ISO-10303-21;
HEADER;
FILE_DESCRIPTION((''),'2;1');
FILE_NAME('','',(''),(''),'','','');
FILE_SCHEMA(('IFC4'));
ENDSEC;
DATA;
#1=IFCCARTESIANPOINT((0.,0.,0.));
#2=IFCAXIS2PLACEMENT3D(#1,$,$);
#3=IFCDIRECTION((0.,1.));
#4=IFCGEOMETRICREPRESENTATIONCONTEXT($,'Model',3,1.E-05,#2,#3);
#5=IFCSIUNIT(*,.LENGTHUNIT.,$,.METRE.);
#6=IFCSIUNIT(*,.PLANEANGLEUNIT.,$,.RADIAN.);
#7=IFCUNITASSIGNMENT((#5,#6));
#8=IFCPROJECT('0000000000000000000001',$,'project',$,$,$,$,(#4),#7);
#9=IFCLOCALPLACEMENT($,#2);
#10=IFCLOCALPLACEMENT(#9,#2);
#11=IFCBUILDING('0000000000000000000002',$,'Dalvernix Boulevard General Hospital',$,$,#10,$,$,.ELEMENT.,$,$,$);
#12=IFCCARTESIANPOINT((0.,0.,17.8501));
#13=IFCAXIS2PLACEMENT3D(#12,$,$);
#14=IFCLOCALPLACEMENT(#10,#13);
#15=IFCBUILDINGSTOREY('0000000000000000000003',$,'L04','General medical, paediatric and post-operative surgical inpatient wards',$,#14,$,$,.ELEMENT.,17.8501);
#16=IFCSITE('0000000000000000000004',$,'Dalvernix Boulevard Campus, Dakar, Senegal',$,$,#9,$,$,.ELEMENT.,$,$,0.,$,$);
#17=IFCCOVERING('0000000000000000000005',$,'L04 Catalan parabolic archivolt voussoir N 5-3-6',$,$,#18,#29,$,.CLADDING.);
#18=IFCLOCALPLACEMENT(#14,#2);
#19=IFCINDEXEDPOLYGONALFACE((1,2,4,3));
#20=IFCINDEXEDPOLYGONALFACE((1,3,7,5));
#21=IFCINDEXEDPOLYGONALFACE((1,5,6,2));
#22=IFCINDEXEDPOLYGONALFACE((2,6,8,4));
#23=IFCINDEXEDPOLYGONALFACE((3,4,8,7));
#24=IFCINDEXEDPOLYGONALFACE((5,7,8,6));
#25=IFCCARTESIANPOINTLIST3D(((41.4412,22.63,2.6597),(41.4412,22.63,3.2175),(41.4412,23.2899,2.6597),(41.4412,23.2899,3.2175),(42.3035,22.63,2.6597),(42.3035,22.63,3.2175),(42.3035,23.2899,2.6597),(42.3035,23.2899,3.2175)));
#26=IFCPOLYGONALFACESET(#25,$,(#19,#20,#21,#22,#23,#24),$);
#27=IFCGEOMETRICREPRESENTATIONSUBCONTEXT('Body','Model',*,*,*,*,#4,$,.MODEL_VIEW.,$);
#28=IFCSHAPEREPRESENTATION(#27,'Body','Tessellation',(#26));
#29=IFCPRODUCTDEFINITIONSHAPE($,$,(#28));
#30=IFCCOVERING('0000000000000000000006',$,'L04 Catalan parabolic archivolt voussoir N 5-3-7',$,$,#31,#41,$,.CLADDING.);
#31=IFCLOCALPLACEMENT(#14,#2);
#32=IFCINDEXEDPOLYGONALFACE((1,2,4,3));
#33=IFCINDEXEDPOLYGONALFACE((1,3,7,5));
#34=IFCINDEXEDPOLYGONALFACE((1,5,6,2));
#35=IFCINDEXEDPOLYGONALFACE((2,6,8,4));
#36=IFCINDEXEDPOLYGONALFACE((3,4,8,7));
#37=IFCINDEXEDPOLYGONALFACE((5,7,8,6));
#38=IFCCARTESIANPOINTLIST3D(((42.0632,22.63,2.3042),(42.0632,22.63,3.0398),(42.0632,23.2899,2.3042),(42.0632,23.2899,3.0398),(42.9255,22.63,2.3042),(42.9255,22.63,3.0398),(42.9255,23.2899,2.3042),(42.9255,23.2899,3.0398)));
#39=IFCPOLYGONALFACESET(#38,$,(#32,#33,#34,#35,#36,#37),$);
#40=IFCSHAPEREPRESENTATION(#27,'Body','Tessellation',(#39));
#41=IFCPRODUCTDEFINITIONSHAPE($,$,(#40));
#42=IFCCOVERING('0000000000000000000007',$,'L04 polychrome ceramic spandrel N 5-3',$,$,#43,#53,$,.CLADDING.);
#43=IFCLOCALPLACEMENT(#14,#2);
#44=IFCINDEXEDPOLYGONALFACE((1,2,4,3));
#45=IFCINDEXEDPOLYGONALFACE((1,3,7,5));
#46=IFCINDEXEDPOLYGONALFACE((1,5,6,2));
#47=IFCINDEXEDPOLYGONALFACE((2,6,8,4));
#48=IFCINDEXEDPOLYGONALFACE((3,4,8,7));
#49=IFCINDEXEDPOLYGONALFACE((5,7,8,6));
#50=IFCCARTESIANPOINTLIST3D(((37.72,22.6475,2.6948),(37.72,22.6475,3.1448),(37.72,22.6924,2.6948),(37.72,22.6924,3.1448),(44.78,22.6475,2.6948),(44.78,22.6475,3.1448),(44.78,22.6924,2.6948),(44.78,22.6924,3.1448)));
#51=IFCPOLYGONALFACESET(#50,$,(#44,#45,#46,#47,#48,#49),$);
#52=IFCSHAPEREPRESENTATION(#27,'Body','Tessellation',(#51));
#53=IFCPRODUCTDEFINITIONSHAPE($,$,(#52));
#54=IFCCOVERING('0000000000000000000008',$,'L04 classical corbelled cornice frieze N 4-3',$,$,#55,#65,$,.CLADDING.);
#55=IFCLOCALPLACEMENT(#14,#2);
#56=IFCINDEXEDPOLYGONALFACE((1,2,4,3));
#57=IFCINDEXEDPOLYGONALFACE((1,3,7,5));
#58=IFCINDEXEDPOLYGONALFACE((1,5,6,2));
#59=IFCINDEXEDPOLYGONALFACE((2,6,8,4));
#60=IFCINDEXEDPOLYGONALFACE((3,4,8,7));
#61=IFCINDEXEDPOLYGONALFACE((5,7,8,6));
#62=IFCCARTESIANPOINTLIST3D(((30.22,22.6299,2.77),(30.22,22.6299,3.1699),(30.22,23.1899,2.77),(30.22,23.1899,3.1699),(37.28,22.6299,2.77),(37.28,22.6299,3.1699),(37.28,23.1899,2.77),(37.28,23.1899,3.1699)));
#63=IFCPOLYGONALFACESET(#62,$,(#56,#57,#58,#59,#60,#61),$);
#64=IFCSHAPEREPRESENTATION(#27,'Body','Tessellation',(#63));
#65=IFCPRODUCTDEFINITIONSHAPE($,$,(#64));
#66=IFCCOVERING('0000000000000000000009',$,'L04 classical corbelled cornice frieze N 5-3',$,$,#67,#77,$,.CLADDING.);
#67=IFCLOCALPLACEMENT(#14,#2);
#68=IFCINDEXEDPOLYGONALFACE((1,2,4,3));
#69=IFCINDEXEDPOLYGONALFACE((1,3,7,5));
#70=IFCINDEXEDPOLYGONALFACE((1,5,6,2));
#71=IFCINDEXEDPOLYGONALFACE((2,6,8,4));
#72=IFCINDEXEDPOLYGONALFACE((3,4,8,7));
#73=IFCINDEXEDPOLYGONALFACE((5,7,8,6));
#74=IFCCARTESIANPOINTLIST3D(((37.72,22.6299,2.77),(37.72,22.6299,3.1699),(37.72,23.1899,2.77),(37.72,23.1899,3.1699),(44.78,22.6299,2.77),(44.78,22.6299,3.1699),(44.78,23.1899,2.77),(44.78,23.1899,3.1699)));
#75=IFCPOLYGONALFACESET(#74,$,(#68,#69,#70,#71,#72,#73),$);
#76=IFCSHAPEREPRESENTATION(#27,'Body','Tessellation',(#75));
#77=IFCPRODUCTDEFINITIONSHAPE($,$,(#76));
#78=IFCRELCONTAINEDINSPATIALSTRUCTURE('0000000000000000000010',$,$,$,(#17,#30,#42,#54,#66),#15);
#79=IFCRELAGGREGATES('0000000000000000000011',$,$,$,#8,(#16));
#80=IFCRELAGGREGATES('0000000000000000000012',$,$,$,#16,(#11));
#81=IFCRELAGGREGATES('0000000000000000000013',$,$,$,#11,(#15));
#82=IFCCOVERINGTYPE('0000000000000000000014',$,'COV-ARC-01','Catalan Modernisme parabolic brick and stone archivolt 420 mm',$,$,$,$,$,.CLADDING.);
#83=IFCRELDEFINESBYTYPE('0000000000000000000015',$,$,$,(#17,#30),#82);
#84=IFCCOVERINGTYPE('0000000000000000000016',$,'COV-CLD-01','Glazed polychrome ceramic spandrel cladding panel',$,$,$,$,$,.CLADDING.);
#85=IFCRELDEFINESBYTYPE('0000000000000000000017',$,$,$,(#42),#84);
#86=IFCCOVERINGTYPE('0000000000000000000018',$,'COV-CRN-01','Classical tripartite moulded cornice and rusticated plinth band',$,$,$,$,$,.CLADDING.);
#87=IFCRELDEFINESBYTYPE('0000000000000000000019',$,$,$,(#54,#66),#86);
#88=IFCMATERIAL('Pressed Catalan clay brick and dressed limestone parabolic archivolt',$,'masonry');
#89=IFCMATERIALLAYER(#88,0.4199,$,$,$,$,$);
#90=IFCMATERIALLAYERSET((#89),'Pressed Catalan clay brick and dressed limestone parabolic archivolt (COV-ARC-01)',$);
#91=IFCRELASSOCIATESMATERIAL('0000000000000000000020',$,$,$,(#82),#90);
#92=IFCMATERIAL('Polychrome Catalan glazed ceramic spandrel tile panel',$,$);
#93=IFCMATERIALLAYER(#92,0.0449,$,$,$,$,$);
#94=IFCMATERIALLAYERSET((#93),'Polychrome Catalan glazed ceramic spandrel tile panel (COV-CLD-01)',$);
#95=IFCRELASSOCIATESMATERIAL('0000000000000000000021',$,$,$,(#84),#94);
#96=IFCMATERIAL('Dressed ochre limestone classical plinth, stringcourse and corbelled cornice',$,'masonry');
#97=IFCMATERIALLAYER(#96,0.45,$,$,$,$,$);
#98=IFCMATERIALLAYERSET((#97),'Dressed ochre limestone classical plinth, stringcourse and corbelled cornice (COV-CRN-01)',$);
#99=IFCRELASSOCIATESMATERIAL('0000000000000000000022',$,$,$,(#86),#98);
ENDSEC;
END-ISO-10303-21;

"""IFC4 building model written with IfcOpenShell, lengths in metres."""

from ifc_helpers import new_model, si_unit, direction, frame, origin, origin_2d, place, context, subcontext, project, spatial, rectangle, extrude, material, layer, layer_set, type_object, element, save


model = new_model("IFC4")

# Units and contexts
model_context = context("Model", 3, precision=1e-05, world=origin(), true_north=direction((0.0, 1.0)))
body_context = subcontext(model_context, "Body", "Model", "MODEL_VIEW")
ifc_project = project(units=[si_unit("LENGTHUNIT", "METRE"), si_unit("PLANEANGLEUNIT", "RADIAN")], contexts=[model_context])

# Site, building, storey
site_placement = place(None, origin())
site = spatial("IfcSite", under=ifc_project, at=site_placement, Name="Dalvernix Boulevard Campus, Dakar, Senegal", CompositionType="ELEMENT", RefElevation=0.0)
building_placement = place(site_placement, origin())
building = spatial("IfcBuilding", under=site, at=building_placement, Name="Dalvernix Boulevard General Hospital", CompositionType="ELEMENT")
storey_placement = place(building_placement, frame((0.0, 0.0, 17.8501)))
storey = spatial("IfcBuildingStorey", under=building, at=storey_placement, Name="L04", Description="General medical, paediatric and post-operative surgical inpatient wards", CompositionType="ELEMENT", Elevation=17.8501)

# Coverings
ifc_material_1 = material(Name="Pressed Catalan clay brick and dressed limestone parabolic archivolt", Category="masonry")
ifc_layer_1 = layer(ifc_material_1, 0.4199)
ifc_layer_set_1 = layer_set([ifc_layer_1], Name="Pressed Catalan clay brick and dressed limestone parabolic archivolt (COV-ARC-01)")
covering_type_1 = type_object("IfcCoveringType", Name="COV-ARC-01", Description="Catalan Modernisme parabolic brick and stone archivolt 420 mm", PredefinedType="CLADDING", material=ifc_layer_set_1)
covering_1_placement = place(storey_placement, frame((41.8723, 22.96, 2.6597), z_axis=(0.0, 0.0, 1.0), x_axis=(1.0, 0.0, 0.0)))
element("IfcCovering", 1, at=covering_1_placement, inside=storey, type_object=covering_type_1, Name="L04 Catalan parabolic archivolt voussoir N 5-3-6", PredefinedType="CLADDING", context=body_context, shape_type="SweptSolid", body=[
    extrude(rectangle(XDim=0.8623, YDim=0.6599, at=origin_2d()), origin(), (0.0, 0.0, 1.0), 0.5579),
])
covering_2_placement = place(storey_placement, frame((42.4944, 22.96, 2.3042), z_axis=(0.0, 0.0, 1.0), x_axis=(1.0, 0.0, 0.0)))
element("IfcCovering", 2, at=covering_2_placement, inside=storey, type_object=covering_type_1, Name="L04 Catalan parabolic archivolt voussoir N 5-3-7", PredefinedType="CLADDING", context=body_context, shape_type="SweptSolid", body=[
    extrude(rectangle(XDim=0.8623, YDim=0.6599, at=origin_2d()), origin(), (0.0, 0.0, 1.0), 0.7356),
])
ifc_material_2 = material(Name="Polychrome Catalan glazed ceramic spandrel tile panel")
ifc_layer_2 = layer(ifc_material_2, 0.0449)
ifc_layer_set_2 = layer_set([ifc_layer_2], Name="Polychrome Catalan glazed ceramic spandrel tile panel (COV-CLD-01)")
covering_type_2 = type_object("IfcCoveringType", Name="COV-CLD-01", Description="Glazed polychrome ceramic spandrel cladding panel", PredefinedType="CLADDING", material=ifc_layer_set_2)
covering_3_placement = place(storey_placement, frame((41.25, 22.6699, 2.6948), z_axis=(0.0, 0.0, 1.0), x_axis=(1.0, 0.0, 0.0)))
element("IfcCovering", 3, at=covering_3_placement, inside=storey, type_object=covering_type_2, Name="L04 polychrome ceramic spandrel N 5-3", PredefinedType="CLADDING", context=body_context, shape_type="SweptSolid", body=[
    extrude(rectangle(XDim=7.0601, YDim=0.0449, at=origin_2d()), origin(), (0.0, 0.0, 1.0), 0.45),
])
ifc_material_3 = material(Name="Dressed ochre limestone classical plinth, stringcourse and corbelled cornice", Category="masonry")
ifc_layer_3 = layer(ifc_material_3, 0.45)
ifc_layer_set_3 = layer_set([ifc_layer_3], Name="Dressed ochre limestone classical plinth, stringcourse and corbelled cornice (COV-CRN-01)")
covering_type_3 = type_object("IfcCoveringType", Name="COV-CRN-01", Description="Classical tripartite moulded cornice and rusticated plinth band", PredefinedType="CLADDING", material=ifc_layer_set_3)
for number, where, z_axis, x_axis, name in (
    (4, (33.75, 22.9099, 2.77), (0.0, 0.0, 1.0), (1.0, 0.0, 0.0), "L04 classical corbelled cornice frieze N 4-3"),
    (5, (41.25, 22.9099, 2.77), (0.0, 0.0, 1.0), (1.0, 0.0, 0.0), "L04 classical corbelled cornice frieze N 5-3"),
):
    element("IfcCovering", number, at=place(storey_placement, frame(where, z_axis=z_axis, x_axis=x_axis)), inside=storey, type_object=covering_type_3, Name=name, PredefinedType="CLADDING", context=body_context, shape_type="SweptSolid", body=[
        extrude(rectangle(XDim=7.0601, YDim=0.5601, at=origin_2d()), origin(), (0.0, 0.0, 1.0), 0.3999),
    ])

save(model, "model.ifc")
